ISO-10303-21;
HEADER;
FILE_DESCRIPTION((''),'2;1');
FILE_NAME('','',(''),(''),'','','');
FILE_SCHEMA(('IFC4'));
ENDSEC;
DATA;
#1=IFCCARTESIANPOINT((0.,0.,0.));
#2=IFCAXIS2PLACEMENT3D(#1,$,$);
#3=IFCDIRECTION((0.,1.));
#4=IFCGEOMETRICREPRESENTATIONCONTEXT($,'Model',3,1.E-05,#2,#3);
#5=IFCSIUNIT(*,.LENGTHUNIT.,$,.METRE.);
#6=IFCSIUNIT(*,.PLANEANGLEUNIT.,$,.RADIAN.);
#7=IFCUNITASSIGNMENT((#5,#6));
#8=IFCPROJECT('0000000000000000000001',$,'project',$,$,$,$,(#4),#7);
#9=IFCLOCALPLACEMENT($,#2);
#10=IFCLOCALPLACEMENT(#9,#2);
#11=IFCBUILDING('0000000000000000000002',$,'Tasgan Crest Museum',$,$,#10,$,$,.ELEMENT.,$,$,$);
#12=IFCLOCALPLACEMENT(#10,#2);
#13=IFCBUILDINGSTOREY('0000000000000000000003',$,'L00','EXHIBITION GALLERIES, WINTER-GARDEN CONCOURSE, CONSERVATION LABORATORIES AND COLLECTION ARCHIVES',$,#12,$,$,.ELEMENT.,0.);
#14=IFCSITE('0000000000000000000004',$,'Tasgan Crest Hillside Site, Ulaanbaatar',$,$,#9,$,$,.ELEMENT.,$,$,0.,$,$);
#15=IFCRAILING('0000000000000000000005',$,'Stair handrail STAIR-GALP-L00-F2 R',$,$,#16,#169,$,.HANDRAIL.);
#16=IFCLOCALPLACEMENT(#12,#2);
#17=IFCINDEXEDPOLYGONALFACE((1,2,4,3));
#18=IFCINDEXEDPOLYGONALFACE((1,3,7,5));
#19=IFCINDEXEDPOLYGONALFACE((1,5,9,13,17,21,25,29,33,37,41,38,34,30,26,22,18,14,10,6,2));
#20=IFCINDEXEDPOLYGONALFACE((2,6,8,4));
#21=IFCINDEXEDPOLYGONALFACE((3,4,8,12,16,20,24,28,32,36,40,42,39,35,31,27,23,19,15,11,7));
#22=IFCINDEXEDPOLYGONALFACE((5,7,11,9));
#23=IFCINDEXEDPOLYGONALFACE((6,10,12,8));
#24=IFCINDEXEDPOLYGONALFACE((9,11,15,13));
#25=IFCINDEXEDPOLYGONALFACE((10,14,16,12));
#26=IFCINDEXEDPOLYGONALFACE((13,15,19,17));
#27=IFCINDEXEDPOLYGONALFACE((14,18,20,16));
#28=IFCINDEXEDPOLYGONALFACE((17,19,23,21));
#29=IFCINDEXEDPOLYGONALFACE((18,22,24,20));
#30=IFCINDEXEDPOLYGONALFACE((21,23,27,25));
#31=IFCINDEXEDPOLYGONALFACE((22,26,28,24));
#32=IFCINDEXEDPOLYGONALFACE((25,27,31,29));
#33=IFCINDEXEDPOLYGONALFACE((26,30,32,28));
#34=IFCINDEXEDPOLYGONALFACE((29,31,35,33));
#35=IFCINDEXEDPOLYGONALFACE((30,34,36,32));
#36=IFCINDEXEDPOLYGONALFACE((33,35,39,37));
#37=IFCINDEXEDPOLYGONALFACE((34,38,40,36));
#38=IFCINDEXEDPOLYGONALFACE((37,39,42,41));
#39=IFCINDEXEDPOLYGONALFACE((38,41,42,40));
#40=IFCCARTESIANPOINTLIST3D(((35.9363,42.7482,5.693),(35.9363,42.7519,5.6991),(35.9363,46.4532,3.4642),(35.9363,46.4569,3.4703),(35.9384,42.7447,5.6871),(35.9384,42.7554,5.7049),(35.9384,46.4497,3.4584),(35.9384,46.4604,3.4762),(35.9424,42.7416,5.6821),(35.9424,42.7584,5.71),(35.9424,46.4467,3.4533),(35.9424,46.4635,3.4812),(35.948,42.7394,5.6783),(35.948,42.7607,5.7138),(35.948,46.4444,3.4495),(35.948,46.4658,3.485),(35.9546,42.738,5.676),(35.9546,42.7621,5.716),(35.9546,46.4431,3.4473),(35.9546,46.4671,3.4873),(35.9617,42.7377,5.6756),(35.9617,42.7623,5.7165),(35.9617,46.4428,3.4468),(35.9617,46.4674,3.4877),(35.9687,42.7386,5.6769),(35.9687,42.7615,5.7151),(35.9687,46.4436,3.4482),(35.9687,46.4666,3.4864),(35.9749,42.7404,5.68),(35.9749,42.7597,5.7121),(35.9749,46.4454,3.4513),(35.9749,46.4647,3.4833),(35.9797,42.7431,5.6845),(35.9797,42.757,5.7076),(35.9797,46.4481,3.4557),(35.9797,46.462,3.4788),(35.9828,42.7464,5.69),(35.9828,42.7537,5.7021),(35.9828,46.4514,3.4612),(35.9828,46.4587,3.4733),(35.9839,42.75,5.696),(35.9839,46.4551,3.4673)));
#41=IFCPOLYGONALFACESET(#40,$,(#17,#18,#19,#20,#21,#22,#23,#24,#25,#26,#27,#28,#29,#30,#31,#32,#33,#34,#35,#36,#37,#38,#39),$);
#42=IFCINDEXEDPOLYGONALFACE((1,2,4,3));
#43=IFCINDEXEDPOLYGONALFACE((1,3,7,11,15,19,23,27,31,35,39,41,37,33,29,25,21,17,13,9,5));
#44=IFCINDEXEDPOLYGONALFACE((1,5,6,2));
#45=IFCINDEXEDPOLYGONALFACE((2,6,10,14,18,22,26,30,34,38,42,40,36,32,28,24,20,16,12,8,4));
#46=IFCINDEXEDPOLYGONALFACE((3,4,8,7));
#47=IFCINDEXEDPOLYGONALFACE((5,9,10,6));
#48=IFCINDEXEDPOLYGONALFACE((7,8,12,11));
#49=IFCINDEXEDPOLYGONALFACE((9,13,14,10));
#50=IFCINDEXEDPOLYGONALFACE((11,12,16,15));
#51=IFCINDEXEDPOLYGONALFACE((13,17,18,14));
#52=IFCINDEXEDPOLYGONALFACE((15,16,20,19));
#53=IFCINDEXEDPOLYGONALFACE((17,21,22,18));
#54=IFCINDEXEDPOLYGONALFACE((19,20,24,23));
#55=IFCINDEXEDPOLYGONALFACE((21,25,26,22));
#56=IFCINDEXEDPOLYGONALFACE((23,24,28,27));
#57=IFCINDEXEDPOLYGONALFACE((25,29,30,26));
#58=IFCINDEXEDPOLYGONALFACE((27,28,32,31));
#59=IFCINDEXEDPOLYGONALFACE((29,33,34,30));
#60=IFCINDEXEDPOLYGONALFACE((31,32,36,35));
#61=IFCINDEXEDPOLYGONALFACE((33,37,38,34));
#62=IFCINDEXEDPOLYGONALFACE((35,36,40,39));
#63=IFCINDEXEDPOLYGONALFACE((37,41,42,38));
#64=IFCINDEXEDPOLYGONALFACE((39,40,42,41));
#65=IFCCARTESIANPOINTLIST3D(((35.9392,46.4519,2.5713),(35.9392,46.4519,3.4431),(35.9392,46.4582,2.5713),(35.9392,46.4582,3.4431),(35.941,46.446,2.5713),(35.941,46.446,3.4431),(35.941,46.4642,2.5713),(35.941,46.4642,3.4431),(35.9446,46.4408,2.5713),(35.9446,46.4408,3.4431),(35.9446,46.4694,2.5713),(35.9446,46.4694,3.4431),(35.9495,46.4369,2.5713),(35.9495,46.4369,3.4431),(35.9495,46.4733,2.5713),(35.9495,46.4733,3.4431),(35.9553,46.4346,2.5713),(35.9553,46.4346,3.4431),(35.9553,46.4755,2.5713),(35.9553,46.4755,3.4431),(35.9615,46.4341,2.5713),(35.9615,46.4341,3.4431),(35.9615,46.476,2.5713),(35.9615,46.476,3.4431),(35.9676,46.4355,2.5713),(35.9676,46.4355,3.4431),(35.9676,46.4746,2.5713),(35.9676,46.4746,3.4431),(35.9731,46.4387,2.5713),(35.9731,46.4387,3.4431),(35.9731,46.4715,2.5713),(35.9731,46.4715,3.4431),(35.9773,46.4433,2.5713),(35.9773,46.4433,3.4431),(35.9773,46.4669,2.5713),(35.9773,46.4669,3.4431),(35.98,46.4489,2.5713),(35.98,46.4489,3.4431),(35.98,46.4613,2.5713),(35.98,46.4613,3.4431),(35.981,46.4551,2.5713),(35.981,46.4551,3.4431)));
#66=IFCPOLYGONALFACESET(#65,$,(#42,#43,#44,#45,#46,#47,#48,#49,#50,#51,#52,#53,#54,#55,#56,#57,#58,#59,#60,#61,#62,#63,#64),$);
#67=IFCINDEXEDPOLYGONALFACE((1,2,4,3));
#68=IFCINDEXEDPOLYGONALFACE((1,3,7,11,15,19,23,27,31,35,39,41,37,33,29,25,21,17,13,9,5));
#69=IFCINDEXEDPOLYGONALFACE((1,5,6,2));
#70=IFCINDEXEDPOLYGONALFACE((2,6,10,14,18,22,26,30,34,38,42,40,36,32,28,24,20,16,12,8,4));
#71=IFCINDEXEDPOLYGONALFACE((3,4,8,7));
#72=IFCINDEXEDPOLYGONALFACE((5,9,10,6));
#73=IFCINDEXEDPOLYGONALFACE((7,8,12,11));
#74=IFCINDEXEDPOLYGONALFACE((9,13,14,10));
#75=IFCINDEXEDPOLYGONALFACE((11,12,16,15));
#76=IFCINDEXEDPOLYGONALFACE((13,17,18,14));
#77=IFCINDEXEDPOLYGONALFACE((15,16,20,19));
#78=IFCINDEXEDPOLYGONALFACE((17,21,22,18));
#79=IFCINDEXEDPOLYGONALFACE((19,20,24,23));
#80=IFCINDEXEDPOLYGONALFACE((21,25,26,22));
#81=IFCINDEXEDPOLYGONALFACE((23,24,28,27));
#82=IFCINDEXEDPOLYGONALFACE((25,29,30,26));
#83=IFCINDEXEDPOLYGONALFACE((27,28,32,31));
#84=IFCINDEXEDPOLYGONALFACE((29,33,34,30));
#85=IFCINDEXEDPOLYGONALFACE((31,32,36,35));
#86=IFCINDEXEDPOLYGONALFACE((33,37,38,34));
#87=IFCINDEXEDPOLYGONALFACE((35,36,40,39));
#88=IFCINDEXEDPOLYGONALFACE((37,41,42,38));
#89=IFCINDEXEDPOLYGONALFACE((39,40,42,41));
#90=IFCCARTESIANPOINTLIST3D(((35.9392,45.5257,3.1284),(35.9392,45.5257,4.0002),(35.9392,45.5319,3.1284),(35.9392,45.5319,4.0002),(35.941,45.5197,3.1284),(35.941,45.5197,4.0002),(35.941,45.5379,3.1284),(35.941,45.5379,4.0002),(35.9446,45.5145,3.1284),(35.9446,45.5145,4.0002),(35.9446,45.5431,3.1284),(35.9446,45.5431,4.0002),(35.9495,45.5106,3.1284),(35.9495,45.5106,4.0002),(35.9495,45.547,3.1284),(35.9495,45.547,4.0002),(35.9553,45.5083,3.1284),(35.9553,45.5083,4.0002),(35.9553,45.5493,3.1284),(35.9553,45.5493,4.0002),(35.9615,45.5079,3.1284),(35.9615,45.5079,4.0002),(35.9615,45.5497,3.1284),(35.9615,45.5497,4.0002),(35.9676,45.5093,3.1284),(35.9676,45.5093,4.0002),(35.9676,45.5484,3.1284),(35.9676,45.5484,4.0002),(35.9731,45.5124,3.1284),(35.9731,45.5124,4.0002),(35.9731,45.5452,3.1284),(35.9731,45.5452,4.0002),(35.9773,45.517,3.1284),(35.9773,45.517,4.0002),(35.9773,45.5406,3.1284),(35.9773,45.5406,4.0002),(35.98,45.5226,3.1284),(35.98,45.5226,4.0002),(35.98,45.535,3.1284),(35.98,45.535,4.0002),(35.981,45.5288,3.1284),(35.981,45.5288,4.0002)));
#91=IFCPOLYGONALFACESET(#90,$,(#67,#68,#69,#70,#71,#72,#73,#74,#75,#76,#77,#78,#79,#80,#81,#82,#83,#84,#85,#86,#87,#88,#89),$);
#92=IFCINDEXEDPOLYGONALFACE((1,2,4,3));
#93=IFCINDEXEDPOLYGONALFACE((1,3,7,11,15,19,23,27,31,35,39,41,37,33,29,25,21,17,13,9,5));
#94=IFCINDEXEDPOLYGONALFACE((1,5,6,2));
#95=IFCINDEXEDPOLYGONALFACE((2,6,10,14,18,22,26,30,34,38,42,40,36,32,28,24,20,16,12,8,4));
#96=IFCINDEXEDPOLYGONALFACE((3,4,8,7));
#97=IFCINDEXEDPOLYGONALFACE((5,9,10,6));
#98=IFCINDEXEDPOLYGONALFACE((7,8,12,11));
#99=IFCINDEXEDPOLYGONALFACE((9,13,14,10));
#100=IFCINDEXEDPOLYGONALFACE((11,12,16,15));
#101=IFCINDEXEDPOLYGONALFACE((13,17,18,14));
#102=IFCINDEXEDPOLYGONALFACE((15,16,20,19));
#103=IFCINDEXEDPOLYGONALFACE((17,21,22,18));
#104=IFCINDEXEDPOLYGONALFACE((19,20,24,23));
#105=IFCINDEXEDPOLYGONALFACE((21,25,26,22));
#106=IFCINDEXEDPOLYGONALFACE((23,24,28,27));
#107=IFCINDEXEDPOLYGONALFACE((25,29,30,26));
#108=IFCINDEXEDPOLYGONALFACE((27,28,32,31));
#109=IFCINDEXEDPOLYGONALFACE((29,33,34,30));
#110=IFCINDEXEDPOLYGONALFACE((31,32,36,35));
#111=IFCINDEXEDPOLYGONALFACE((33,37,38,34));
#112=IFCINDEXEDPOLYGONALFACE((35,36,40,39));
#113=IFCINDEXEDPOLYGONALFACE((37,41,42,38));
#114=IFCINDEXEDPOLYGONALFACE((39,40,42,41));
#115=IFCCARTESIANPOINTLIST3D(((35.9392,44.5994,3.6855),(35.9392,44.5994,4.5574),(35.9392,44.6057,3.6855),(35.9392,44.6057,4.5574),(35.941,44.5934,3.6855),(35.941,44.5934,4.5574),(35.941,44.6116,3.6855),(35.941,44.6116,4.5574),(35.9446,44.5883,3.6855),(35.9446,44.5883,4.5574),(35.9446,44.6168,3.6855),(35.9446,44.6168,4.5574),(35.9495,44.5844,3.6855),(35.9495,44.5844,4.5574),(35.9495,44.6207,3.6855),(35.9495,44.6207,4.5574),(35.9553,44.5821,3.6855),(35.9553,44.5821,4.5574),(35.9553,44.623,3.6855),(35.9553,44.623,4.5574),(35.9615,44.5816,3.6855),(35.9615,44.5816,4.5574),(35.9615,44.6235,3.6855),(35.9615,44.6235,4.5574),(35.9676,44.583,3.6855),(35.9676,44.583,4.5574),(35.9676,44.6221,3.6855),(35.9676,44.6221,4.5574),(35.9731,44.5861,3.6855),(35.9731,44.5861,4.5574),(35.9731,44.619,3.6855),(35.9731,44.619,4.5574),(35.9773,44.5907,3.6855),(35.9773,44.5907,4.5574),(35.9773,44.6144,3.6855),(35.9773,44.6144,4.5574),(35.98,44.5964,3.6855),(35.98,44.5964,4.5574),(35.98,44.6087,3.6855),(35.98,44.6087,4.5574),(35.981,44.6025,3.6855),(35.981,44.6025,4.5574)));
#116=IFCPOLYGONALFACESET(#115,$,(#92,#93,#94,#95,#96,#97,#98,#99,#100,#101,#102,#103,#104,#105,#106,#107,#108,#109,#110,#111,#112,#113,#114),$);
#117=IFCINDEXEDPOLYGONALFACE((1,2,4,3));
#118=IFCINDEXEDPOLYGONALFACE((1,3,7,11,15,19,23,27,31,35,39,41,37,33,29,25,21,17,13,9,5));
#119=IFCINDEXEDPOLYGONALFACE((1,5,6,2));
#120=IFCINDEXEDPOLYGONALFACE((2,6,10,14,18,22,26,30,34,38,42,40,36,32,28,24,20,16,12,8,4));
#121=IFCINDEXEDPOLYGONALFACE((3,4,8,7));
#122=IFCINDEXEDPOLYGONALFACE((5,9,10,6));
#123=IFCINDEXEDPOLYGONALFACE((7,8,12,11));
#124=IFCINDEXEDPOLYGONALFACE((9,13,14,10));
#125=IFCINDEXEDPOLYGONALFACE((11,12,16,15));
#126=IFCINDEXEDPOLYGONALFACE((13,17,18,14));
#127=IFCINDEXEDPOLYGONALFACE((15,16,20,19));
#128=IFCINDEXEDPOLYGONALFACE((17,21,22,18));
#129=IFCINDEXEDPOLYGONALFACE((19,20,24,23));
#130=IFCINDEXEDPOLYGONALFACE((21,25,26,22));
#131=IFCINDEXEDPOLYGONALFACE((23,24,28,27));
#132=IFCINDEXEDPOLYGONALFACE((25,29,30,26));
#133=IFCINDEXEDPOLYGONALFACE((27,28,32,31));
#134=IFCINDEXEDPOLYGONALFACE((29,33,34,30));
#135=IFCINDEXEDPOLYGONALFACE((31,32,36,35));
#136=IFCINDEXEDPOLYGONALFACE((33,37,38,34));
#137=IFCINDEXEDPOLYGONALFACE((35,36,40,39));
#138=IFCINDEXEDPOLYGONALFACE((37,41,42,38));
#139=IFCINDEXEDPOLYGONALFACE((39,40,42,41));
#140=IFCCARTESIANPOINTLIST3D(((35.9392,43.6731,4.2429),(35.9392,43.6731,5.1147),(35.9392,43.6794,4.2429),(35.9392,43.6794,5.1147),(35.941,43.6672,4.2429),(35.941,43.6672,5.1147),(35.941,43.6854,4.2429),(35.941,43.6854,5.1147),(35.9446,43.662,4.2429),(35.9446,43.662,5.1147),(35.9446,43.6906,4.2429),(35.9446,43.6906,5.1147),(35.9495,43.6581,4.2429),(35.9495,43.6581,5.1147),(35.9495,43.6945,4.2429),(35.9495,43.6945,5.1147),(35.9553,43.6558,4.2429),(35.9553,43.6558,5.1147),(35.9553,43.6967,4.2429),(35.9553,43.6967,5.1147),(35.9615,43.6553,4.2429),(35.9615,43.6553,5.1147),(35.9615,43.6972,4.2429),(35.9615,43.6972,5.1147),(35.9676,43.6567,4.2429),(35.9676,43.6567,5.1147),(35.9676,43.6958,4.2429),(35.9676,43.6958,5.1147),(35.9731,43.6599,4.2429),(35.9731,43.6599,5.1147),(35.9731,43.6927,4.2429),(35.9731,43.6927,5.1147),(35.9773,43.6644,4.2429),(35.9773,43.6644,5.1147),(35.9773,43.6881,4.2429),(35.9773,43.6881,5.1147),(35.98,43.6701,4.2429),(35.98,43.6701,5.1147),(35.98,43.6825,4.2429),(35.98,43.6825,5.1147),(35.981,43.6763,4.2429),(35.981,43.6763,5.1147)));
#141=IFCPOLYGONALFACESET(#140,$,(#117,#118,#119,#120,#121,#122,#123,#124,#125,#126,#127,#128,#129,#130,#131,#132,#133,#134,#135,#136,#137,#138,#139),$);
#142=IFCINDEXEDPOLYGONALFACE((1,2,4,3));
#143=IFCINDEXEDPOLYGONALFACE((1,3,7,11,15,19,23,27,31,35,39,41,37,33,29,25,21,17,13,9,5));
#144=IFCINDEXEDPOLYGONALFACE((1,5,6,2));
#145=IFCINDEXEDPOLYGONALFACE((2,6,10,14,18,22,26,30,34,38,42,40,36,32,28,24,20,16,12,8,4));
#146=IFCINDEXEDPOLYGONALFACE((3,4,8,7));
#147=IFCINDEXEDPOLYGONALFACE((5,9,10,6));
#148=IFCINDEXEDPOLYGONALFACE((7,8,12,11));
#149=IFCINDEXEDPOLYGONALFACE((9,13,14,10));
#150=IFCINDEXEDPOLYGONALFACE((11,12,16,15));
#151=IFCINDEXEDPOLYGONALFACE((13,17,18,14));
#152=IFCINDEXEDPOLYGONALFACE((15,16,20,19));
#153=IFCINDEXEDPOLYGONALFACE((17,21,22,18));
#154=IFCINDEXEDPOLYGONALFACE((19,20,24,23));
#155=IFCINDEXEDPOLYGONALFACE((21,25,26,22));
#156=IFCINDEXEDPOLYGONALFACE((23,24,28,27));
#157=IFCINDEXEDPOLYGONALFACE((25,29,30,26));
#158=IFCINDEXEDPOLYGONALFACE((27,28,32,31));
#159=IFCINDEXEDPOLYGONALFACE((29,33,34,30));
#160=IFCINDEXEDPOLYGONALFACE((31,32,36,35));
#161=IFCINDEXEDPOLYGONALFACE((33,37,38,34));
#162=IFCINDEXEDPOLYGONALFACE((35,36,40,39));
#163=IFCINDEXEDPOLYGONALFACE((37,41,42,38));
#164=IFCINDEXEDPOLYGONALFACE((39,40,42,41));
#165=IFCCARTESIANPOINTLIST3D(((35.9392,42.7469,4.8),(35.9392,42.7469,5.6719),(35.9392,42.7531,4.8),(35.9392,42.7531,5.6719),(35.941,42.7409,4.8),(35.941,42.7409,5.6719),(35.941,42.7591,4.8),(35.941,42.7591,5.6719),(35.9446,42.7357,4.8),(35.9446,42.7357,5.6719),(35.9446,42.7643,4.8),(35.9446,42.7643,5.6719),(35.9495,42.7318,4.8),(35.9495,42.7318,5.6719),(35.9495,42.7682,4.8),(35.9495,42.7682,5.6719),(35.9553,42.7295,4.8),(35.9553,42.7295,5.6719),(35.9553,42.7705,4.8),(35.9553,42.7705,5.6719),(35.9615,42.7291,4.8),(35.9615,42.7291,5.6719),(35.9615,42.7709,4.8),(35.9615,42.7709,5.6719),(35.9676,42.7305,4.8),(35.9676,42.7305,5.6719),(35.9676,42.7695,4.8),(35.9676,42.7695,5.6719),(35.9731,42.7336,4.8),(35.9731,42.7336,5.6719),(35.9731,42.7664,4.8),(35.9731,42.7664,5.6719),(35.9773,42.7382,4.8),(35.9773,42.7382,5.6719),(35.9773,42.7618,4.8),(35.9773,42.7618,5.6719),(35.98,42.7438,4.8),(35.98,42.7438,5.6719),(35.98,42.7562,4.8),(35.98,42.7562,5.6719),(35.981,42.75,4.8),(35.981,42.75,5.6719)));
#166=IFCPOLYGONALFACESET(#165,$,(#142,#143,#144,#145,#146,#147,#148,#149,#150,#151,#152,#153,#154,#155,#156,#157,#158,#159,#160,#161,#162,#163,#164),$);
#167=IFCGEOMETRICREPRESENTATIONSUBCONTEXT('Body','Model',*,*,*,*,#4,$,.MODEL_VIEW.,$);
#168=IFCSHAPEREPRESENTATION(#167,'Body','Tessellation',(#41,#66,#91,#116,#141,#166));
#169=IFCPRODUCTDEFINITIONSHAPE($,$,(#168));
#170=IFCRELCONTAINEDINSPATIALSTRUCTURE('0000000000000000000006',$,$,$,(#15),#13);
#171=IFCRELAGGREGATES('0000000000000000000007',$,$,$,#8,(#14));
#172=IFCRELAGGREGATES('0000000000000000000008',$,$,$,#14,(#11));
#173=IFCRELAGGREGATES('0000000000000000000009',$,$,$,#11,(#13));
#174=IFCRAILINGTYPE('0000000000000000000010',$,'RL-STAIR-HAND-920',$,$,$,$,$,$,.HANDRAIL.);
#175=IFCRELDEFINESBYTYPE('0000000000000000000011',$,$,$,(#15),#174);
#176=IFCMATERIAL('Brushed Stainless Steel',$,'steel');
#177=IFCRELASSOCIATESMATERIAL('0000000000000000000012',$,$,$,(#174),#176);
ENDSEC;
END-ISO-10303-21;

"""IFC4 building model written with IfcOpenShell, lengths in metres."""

from ifc_helpers import new_model, si_unit, direction, frame, origin, origin_2d, place, context, subcontext, project, spatial, circle, extrude, material, type_object, element, save


model = new_model("IFC4")

# Units and contexts
model_context = context("Model", 3, precision=1e-05, world=origin(), true_north=direction((0.0, 1.0)))
body_context = subcontext(model_context, "Body", "Model", "MODEL_VIEW")
ifc_project = project(units=[si_unit("LENGTHUNIT", "METRE"), si_unit("PLANEANGLEUNIT", "RADIAN")], contexts=[model_context])

# Site, building, storey
site_placement = place(None, origin())
site = spatial("IfcSite", under=ifc_project, at=site_placement, Name="Tasgan Crest Hillside Site, Ulaanbaatar", CompositionType="ELEMENT", RefElevation=0.0)
building_placement = place(site_placement, origin())
building = spatial("IfcBuilding", under=site, at=building_placement, Name="Tasgan Crest Museum", CompositionType="ELEMENT")
storey_placement = place(building_placement, origin())
storey = spatial("IfcBuildingStorey", under=building, at=storey_placement, Name="L00", Description="EXHIBITION GALLERIES, WINTER-GARDEN CONCOURSE, CONSERVATION LABORATORIES AND COLLECTION ARCHIVES", CompositionType="ELEMENT", Elevation=0.0)

# Railing
ifc_material_1 = material(Name="Brushed Stainless Steel", Category="steel")
railing_type_1 = type_object("IfcRailingType", Name="RL-STAIR-HAND-920", PredefinedType="HANDRAIL", material=ifc_material_1)
for number, where, name in (
    (1, (35.96, 46.4551, 2.5713), "Stair handrail STAIR-GALP-L00-F2 R"),
):
    element("IfcRailing", number, at=place(storey_placement, frame(where)), inside=storey, type_object=railing_type_1, Name=name, PredefinedType="HANDRAIL", context=body_context, shape_type="SweptSolid", body=[
        extrude(circle(Radius=0.0239, at=origin_2d()), frame((0.0, 0.0, 0.896), z_axis=(0.0, -0.856909, 0.515467), x_axis=(1.0, 0.0, 0.0)), (0.0, 0.0, 1.0), 4.3237),
        extrude(circle(Radius=0.021, at=origin_2d()), origin(), (0.0, 0.0, 1.0), 0.8718),
        extrude(circle(Radius=0.021, at=origin_2d()), frame((0.0, -0.9263, 0.5571)), (0.0, 0.0, 1.0), 0.8718),
        extrude(circle(Radius=0.021, at=origin_2d()), frame((0.0, -1.8525, 1.1143)), (0.0, 0.0, 1.0), 0.8718),
        extrude(circle(Radius=0.021, at=origin_2d()), frame((0.0, -2.7788, 1.6716)), (0.0, 0.0, 1.0), 0.8718),
        extrude(circle(Radius=0.021, at=origin_2d()), frame((0.0, -3.7051, 2.2288)), (0.0, 0.0, 1.0), 0.8718),
    ])

save(model, "model.ifc")
